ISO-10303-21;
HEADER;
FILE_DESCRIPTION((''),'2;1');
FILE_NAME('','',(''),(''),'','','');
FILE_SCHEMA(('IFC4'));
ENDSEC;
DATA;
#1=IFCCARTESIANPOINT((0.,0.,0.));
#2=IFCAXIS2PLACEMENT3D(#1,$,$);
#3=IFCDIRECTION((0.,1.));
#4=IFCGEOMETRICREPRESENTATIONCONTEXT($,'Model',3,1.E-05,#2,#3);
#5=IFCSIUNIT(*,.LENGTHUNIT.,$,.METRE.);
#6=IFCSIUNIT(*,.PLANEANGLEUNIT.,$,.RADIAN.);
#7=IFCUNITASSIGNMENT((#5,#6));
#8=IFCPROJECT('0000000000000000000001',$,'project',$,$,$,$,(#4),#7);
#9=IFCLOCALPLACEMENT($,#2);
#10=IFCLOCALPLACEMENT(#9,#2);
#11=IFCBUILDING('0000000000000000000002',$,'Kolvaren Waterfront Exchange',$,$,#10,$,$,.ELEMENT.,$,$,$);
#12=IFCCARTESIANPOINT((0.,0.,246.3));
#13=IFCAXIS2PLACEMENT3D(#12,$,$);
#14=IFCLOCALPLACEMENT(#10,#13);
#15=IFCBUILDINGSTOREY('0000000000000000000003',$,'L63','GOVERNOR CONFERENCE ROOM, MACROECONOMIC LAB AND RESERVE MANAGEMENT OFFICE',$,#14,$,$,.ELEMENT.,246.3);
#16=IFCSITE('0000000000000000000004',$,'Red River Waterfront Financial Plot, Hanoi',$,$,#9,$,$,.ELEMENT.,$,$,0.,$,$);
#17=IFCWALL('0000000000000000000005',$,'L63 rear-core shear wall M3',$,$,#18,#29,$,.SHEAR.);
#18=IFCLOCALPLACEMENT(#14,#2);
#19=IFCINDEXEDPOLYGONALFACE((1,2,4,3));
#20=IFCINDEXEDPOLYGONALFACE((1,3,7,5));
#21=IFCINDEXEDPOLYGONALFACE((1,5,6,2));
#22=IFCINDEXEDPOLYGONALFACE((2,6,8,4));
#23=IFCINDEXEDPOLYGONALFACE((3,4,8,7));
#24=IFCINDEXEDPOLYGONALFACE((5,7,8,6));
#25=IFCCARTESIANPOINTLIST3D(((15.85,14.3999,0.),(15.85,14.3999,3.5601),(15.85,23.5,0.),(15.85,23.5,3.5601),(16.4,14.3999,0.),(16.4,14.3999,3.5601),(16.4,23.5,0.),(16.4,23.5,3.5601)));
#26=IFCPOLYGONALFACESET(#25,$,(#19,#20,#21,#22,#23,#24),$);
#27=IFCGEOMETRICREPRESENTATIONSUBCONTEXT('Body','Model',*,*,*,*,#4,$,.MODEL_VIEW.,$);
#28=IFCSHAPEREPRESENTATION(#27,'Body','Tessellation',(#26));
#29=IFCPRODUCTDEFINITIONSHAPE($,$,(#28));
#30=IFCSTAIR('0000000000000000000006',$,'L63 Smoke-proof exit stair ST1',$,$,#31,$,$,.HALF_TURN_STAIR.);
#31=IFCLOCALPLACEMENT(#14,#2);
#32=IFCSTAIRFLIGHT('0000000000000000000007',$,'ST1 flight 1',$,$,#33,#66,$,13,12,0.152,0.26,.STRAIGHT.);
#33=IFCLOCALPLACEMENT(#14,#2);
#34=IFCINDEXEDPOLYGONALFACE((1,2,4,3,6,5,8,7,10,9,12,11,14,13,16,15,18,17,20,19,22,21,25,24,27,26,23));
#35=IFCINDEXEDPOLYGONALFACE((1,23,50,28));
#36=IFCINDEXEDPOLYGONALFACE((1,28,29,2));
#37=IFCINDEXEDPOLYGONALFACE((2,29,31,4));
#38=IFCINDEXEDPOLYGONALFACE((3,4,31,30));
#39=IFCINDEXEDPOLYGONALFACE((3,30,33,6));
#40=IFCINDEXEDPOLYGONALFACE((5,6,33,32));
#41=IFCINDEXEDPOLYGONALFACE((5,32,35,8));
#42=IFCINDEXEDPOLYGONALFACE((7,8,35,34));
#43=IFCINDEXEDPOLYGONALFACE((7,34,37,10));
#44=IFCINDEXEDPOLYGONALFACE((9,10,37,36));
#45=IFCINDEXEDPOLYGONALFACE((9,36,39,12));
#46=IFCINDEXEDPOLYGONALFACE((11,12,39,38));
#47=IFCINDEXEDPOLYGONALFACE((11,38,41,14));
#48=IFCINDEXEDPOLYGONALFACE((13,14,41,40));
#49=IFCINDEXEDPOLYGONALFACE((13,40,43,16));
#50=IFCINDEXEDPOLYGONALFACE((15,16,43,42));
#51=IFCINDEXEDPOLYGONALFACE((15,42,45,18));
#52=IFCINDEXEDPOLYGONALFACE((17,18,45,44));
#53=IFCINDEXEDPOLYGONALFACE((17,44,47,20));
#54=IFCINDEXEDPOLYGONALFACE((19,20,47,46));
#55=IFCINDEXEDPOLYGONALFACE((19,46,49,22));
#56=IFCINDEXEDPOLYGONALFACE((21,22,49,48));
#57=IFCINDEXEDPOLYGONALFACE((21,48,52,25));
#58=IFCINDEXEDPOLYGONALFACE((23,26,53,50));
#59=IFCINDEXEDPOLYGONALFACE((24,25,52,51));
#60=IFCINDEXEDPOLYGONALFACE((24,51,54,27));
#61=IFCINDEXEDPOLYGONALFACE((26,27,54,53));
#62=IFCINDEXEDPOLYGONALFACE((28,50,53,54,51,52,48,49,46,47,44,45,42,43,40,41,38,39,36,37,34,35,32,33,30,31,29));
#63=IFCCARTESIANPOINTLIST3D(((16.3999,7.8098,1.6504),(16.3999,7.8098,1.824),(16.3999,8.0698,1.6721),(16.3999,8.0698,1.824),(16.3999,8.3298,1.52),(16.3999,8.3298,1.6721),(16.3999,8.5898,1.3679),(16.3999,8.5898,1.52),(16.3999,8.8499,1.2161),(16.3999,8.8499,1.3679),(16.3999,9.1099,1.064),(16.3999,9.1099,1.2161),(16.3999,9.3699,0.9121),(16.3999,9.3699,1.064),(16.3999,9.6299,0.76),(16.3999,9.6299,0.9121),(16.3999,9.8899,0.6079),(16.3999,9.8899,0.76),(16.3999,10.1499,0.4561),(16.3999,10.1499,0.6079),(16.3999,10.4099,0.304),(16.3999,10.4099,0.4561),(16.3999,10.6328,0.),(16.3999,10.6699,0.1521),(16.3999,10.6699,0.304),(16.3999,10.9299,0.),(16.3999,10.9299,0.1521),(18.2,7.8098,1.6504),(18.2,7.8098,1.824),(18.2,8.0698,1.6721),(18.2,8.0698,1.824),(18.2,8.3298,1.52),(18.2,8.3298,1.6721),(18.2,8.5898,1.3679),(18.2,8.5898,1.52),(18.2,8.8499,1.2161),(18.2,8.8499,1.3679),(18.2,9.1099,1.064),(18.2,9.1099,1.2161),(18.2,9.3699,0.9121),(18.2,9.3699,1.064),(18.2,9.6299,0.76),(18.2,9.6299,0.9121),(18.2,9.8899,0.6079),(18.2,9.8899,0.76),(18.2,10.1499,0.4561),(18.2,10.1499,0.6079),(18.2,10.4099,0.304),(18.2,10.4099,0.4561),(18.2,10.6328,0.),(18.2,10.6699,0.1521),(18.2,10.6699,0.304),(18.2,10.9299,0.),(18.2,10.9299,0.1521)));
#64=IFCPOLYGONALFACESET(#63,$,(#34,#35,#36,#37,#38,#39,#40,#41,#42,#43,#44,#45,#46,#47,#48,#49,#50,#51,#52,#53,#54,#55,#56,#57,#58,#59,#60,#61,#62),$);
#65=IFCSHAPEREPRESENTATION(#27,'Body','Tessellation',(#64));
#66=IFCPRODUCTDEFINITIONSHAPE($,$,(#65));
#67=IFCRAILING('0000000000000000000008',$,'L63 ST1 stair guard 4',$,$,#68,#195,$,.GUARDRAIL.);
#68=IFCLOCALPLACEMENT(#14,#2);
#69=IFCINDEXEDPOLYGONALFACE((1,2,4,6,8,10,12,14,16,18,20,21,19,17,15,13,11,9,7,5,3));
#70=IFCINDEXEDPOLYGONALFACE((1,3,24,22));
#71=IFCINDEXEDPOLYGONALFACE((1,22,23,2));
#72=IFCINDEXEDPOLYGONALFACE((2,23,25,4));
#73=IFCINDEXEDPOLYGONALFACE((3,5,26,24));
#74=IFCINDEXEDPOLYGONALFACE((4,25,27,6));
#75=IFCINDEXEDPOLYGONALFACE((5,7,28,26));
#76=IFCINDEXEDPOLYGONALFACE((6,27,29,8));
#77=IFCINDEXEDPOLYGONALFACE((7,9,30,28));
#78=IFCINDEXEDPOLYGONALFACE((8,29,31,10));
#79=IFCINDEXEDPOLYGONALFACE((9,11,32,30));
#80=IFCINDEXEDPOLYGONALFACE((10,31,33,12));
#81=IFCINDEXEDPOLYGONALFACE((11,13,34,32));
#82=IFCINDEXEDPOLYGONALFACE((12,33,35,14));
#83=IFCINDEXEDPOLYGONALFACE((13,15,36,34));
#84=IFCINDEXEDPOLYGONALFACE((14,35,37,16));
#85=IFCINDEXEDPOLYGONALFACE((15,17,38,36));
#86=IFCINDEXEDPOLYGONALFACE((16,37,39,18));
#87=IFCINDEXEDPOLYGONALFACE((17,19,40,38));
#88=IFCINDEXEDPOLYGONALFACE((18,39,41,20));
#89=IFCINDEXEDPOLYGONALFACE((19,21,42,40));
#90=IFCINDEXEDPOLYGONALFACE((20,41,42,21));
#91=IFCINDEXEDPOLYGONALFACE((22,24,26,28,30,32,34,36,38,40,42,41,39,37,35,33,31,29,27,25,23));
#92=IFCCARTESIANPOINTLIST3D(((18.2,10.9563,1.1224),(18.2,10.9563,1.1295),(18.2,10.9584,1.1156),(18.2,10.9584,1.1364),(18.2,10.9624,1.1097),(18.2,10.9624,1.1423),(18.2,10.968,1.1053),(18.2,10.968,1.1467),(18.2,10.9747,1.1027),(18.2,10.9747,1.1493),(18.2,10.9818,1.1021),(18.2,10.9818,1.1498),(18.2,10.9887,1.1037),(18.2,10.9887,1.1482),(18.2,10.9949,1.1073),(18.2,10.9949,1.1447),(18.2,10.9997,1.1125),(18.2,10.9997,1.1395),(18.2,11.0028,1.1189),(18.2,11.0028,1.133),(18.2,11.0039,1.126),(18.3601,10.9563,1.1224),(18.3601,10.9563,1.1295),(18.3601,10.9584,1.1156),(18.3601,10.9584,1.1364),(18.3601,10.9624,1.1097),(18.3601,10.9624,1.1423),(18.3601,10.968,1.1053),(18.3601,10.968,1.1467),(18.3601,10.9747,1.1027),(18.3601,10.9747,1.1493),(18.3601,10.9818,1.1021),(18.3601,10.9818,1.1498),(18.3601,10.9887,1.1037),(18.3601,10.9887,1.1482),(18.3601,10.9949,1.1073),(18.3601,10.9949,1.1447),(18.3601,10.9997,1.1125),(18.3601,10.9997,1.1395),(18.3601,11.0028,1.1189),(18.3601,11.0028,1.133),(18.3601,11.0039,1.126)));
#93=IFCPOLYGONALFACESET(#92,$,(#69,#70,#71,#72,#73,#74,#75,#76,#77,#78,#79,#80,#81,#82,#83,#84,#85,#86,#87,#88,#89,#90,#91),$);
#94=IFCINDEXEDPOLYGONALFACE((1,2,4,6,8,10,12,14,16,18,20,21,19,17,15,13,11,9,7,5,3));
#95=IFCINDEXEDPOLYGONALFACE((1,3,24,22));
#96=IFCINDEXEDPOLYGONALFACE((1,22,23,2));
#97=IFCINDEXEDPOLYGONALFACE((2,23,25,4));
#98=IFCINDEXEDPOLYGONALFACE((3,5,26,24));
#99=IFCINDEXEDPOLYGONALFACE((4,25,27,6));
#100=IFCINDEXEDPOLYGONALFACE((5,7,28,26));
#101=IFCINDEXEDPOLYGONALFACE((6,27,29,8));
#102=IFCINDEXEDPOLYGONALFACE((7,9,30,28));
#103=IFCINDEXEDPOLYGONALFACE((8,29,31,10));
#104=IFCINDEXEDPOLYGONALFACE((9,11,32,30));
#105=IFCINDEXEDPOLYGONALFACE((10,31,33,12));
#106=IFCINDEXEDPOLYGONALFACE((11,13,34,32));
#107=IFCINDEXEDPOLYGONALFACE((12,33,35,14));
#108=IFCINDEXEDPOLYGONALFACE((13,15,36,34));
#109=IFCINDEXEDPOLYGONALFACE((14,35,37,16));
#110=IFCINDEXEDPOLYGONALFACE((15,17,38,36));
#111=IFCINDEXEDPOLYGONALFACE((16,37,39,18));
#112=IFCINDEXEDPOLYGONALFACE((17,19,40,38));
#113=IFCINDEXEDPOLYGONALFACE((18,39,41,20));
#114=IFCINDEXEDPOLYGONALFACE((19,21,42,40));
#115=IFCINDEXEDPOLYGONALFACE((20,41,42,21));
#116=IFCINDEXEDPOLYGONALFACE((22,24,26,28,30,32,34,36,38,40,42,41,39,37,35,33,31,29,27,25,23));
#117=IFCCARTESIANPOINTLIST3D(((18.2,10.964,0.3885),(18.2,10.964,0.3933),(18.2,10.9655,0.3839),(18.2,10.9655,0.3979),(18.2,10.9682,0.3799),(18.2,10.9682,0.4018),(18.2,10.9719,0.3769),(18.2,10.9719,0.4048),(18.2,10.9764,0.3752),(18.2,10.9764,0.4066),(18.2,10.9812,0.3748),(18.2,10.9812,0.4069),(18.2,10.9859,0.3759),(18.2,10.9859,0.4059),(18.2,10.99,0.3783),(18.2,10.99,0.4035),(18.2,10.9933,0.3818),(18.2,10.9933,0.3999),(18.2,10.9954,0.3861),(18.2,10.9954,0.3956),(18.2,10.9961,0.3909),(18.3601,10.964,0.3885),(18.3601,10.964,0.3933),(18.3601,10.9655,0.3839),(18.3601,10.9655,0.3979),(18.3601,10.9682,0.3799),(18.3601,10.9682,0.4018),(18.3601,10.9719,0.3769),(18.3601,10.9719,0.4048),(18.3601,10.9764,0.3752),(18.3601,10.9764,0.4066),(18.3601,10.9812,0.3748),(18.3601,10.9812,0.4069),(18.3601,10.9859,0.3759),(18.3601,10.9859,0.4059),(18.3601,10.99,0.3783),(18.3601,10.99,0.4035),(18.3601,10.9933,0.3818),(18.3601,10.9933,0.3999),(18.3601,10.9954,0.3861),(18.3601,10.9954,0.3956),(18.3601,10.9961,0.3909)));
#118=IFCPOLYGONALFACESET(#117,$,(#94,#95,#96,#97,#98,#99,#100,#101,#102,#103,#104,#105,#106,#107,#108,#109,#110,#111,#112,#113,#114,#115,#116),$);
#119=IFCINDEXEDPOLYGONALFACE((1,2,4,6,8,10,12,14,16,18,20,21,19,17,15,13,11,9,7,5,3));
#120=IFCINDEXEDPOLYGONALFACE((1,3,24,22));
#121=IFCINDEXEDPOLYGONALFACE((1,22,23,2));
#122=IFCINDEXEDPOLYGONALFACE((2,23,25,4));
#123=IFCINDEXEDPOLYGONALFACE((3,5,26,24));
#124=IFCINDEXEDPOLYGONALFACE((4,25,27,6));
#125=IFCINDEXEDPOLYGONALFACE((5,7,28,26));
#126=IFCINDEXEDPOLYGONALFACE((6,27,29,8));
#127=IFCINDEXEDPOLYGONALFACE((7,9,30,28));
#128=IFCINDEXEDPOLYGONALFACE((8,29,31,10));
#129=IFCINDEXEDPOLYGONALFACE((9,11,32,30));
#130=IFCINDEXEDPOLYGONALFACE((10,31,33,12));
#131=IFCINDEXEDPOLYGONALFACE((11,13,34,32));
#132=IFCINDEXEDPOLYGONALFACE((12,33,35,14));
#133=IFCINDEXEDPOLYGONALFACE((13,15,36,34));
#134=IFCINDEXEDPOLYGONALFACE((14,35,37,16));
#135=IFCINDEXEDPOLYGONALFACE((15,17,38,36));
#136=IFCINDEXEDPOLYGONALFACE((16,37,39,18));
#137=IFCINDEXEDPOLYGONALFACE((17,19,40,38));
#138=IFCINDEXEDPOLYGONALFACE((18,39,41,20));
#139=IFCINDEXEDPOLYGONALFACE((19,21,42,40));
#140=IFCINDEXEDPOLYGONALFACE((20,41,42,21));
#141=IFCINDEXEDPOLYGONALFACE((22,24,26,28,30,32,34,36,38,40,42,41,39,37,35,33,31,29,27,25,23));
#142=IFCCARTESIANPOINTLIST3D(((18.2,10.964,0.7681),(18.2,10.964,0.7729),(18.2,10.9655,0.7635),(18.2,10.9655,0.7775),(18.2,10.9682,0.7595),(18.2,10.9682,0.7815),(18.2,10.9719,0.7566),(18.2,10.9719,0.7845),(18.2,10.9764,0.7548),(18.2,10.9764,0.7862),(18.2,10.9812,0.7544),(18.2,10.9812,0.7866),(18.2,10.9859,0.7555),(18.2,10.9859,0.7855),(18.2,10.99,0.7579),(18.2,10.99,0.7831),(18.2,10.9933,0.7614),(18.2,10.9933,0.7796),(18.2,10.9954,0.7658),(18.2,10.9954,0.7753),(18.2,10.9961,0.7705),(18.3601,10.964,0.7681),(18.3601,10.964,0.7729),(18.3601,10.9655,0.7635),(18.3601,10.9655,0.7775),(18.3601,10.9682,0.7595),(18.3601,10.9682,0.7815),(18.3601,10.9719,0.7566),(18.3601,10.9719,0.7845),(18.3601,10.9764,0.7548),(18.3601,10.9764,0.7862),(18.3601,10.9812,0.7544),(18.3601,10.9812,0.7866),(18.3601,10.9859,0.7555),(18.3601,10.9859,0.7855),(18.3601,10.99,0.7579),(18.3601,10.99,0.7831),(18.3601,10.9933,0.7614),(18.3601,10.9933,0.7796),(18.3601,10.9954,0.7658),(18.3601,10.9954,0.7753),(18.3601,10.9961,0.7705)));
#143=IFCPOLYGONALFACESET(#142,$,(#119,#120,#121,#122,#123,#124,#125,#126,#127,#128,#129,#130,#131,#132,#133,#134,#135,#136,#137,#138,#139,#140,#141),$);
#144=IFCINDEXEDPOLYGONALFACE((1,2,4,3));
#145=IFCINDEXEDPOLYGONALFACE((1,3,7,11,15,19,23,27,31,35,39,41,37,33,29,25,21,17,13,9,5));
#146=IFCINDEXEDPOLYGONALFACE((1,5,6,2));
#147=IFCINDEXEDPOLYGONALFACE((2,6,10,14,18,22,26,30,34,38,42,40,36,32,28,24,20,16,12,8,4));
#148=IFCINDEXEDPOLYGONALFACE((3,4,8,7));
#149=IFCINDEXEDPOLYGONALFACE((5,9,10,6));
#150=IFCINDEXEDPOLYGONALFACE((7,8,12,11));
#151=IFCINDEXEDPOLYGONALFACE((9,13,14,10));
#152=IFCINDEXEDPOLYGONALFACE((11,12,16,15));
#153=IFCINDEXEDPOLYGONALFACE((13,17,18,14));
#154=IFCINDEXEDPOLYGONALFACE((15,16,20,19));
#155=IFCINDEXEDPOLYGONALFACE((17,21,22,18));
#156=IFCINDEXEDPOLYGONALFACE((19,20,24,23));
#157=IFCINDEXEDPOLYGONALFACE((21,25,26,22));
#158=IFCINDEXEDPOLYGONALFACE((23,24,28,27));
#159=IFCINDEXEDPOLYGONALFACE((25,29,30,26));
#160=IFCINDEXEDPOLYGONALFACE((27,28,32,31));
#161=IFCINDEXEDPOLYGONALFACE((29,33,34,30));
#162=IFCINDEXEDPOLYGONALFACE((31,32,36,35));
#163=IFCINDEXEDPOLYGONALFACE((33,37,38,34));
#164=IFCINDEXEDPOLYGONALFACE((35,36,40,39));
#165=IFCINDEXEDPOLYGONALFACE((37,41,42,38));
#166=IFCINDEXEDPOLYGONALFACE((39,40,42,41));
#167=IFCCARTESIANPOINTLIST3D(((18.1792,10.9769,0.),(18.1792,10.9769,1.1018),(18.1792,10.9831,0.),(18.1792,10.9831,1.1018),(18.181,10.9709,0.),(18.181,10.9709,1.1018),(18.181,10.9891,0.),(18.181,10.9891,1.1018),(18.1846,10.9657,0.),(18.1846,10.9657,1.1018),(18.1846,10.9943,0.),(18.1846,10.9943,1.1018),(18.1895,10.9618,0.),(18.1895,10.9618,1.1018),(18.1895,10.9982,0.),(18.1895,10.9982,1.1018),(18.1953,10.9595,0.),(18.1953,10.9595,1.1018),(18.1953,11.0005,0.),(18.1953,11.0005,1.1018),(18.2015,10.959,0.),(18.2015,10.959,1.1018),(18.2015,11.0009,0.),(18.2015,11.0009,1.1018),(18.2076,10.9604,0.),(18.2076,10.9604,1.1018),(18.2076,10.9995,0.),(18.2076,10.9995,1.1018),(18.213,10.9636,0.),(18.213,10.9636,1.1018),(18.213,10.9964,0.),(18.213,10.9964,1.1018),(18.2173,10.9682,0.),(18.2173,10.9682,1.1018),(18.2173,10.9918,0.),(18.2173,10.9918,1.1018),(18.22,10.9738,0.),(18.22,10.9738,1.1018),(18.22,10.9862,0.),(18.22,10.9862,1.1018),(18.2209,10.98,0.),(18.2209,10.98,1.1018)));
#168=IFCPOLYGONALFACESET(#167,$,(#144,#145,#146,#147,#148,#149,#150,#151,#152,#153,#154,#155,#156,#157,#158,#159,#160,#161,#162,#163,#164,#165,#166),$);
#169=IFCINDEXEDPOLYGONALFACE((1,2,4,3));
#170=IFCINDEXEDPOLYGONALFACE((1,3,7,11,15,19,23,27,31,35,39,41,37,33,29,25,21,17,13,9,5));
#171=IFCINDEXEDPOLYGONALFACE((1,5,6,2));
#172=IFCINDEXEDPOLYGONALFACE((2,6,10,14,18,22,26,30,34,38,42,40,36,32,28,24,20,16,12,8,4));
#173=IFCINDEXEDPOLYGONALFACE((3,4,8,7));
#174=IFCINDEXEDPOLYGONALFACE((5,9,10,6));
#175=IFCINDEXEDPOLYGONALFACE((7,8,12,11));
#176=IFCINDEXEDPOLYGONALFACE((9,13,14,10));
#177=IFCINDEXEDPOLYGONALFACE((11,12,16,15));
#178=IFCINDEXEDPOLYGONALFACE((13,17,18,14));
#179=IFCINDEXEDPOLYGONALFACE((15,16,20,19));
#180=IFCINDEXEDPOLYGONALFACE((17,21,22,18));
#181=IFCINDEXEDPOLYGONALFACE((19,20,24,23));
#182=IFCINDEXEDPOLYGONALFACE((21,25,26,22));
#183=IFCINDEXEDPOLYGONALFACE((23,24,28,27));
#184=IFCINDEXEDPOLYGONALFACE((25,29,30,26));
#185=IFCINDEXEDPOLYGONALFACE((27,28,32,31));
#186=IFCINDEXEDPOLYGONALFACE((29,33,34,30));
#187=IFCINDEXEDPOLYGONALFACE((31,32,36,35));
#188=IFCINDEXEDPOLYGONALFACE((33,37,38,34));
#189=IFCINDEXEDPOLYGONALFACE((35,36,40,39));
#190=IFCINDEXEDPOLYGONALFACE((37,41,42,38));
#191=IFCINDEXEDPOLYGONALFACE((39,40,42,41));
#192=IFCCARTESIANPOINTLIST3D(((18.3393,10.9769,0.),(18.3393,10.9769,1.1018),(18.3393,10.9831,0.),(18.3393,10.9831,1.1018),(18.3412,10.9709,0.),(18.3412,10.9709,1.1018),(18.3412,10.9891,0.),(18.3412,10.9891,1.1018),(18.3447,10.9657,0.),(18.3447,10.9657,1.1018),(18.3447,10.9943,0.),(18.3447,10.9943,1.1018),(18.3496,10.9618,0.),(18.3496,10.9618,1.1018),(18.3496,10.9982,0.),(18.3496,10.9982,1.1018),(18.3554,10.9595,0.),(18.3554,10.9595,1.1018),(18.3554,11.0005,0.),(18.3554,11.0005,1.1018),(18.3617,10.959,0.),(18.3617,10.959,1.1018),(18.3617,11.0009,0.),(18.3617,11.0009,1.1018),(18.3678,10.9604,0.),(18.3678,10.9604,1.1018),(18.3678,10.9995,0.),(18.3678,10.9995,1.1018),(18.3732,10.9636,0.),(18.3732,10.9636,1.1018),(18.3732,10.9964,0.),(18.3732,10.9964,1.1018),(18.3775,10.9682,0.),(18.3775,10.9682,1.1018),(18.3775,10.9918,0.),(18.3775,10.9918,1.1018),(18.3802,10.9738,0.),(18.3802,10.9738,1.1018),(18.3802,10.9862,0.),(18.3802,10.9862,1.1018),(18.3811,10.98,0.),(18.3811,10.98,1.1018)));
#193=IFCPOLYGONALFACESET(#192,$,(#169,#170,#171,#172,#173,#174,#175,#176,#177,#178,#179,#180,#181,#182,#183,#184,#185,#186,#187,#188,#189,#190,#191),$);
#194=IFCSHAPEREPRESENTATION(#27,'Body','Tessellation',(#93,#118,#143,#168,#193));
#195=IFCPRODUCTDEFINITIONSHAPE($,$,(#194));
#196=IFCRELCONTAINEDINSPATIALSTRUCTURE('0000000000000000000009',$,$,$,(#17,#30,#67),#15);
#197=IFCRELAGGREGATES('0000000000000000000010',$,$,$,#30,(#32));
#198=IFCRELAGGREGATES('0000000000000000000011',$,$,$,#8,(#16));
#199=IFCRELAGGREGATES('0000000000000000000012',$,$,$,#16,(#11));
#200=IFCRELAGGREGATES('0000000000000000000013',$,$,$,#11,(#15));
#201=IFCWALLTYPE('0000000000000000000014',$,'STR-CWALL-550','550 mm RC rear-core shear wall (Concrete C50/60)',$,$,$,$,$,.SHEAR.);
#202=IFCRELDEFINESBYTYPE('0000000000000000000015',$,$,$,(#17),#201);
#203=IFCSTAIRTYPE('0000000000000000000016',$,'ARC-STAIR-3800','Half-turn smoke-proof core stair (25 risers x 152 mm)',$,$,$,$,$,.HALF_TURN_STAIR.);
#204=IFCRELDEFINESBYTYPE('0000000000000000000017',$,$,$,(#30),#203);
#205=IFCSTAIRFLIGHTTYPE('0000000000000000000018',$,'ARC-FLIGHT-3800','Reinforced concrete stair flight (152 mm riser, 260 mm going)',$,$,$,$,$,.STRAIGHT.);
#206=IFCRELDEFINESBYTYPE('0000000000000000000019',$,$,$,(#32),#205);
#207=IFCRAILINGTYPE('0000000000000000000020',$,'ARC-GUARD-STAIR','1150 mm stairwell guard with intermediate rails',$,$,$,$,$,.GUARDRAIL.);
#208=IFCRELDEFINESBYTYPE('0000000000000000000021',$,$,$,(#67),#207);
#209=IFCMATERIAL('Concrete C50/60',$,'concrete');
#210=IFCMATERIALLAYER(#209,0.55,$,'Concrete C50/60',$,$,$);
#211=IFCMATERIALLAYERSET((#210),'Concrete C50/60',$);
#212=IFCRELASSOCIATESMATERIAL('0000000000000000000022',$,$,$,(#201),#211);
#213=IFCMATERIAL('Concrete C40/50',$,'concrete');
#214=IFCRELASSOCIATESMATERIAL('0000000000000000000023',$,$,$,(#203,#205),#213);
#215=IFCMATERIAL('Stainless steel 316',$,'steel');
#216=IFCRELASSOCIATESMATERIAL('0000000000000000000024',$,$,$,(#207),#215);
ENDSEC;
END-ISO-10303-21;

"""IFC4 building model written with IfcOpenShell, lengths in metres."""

from ifc_helpers import new_model, si_unit, direction, frame, frame_2d, origin, origin_2d, place, context, subcontext, project, spatial, polyline, rectangle, circle, outline, extrude, material, layer, layer_set, type_object, element, aggregate, save


model = new_model("IFC4")

# Units and contexts
model_context = context("Model", 3, precision=1e-05, world=origin(), true_north=direction((0.0, 1.0)))
body_context = subcontext(model_context, "Body", "Model", "MODEL_VIEW")
ifc_project = project(units=[si_unit("LENGTHUNIT", "METRE"), si_unit("PLANEANGLEUNIT", "RADIAN")], contexts=[model_context])

# Site, building, storey
site_placement = place(None, origin())
site = spatial("IfcSite", under=ifc_project, at=site_placement, Name="Red River Waterfront Financial Plot, Hanoi", CompositionType="ELEMENT", RefElevation=0.0)
building_placement = place(site_placement, origin())
building = spatial("IfcBuilding", under=site, at=building_placement, Name="Kolvaren Waterfront Exchange", CompositionType="ELEMENT")
storey_placement = place(building_placement, frame((0.0, 0.0, 246.3)))
storey = spatial("IfcBuildingStorey", under=building, at=storey_placement, Name="L63", Description="GOVERNOR CONFERENCE ROOM, MACROECONOMIC LAB AND RESERVE MANAGEMENT OFFICE", CompositionType="ELEMENT", Elevation=246.3)

# Wall
ifc_material_1 = material(Name="Concrete C40/50", Category="concrete")
ifc_material_2 = material(Name="Concrete C50/60", Category="concrete")
ifc_layer_1 = layer(ifc_material_2, 0.55, Name="Concrete C50/60")
ifc_layer_set_1 = layer_set([ifc_layer_1], Name="Concrete C50/60")
wall_type_1 = type_object("IfcWallType", Name="STR-CWALL-550", Description="550 mm RC rear-core shear wall (Concrete C50/60)", PredefinedType="SHEAR", material=ifc_layer_set_1)
wall_1_placement = place(storey_placement, frame((16.125, 14.3999, 0.0), z_axis=(0.0, 0.0, 1.0), x_axis=(0.0, 1.0, 0.0)))
element("IfcWall", 1, at=wall_1_placement, inside=storey, type_object=wall_type_1, Name="L63 rear-core shear wall M3", PredefinedType="SHEAR", context=body_context, shape_type="SweptSolid", body=[
    extrude(rectangle(XDim=9.1001, YDim=0.55, at=frame_2d((4.55, 0.0))), origin(), (0.0, 0.0, 1.0), 3.5601),
])

# Stair, stair flight
stair_type = type_object("IfcStairType", Name="ARC-STAIR-3800", Description="Half-turn smoke-proof core stair (25 risers x 152 mm)", PredefinedType="HALF_TURN_STAIR", material=ifc_material_1)
stair_placement = place(storey_placement, origin())
stair = element("IfcStair", 2, at=stair_placement, inside=storey, type_object=stair_type, Name="L63 Smoke-proof exit stair ST1", PredefinedType="HALF_TURN_STAIR")
stair_flight_type = type_object("IfcStairFlightType", Name="ARC-FLIGHT-3800", Description="Reinforced concrete stair flight (152 mm riser, 260 mm going)", PredefinedType="STRAIGHT", material=ifc_material_1)
stair_flight_placement = place(storey_placement, frame((17.3, 10.9299, 0.0), z_axis=(0.0, 0.0, 1.0), x_axis=(0.0, -1.0, 0.0)))
stair_flight = element("IfcStairFlight", 3, at=stair_flight_placement, type_object=stair_flight_type, Name="ST1 flight 1", NumberOfRisers=13, NumberOfTreads=12, PredefinedType="STRAIGHT", RiserHeight=0.152, TreadLength=0.26, context=body_context, shape_type="SweptSolid", body=[
    extrude(outline(polyline([(0.0, 0.0), (0.0, 0.1521), (0.26, 0.1521), (0.26, 0.304), (0.52, 0.304), (0.52, 0.4561), (0.78, 0.4561), (0.78, 0.6079), (1.04, 0.6079), (1.04, 0.76), (1.3, 0.76), (1.3, 0.9121), (1.5601, 0.9121), (1.5601, 1.064), (1.8201, 1.064), (1.8201, 1.2161), (2.0801, 1.2161), (2.0801, 1.3679), (2.3401, 1.3679), (2.3401, 1.52), (2.6001, 1.52), (2.6001, 1.6721), (2.8601, 1.6721), (2.8601, 1.824), (3.1201, 1.824), (3.1201, 1.9761), (3.1201, 1.6504), (0.2971, 0.0), (0.0, 0.0)])), frame((0.0, 0.8999, 0.0), z_axis=(0.0, -1.0, 0.0), x_axis=(1.0, 0.0, 0.0)), (0.0, 0.0, 1.0), 1.8),
])
aggregate(stair, [stair_flight])

# Railing
ifc_material_3 = material(Name="Stainless steel 316", Category="steel")
railing_type_1 = type_object("IfcRailingType", Name="ARC-GUARD-STAIR", Description="1150 mm stairwell guard with intermediate rails", PredefinedType="GUARDRAIL", material=ifc_material_3)
railing_1_placement = place(storey_placement, frame((18.2, 10.98, 0.0)))
element("IfcRailing", 4, at=railing_1_placement, inside=storey, type_object=railing_type_1, Name="L63 ST1 stair guard 4", PredefinedType="GUARDRAIL", context=body_context, shape_type="SweptSolid", body=[
    extrude(circle(Radius=0.0239, at=origin_2d()), frame((0.0, 0.0, 1.126), z_axis=(1.0, 0.0, 0.0), x_axis=(0.0, 1.0, 0.0)), (0.0, 0.0, 1.0), 0.1602),
    extrude(circle(Radius=0.0161, at=origin_2d()), frame((0.0, 0.0, 0.3909), z_axis=(1.0, 0.0, 0.0), x_axis=(0.0, 1.0, 0.0)), (0.0, 0.0, 1.0), 0.1602),
    extrude(circle(Radius=0.0161, at=origin_2d()), frame((0.0, 0.0, 0.7705), z_axis=(1.0, 0.0, 0.0), x_axis=(0.0, 1.0, 0.0)), (0.0, 0.0, 1.0), 0.1602),
    extrude(circle(Radius=0.021, at=origin_2d()), origin(), (0.0, 0.0, 1.0), 1.1018),
    extrude(circle(Radius=0.021, at=origin_2d()), frame((0.1602, 0.0, 0.0)), (0.0, 0.0, 1.0), 1.1018),
])

save(model, "model.ifc")
